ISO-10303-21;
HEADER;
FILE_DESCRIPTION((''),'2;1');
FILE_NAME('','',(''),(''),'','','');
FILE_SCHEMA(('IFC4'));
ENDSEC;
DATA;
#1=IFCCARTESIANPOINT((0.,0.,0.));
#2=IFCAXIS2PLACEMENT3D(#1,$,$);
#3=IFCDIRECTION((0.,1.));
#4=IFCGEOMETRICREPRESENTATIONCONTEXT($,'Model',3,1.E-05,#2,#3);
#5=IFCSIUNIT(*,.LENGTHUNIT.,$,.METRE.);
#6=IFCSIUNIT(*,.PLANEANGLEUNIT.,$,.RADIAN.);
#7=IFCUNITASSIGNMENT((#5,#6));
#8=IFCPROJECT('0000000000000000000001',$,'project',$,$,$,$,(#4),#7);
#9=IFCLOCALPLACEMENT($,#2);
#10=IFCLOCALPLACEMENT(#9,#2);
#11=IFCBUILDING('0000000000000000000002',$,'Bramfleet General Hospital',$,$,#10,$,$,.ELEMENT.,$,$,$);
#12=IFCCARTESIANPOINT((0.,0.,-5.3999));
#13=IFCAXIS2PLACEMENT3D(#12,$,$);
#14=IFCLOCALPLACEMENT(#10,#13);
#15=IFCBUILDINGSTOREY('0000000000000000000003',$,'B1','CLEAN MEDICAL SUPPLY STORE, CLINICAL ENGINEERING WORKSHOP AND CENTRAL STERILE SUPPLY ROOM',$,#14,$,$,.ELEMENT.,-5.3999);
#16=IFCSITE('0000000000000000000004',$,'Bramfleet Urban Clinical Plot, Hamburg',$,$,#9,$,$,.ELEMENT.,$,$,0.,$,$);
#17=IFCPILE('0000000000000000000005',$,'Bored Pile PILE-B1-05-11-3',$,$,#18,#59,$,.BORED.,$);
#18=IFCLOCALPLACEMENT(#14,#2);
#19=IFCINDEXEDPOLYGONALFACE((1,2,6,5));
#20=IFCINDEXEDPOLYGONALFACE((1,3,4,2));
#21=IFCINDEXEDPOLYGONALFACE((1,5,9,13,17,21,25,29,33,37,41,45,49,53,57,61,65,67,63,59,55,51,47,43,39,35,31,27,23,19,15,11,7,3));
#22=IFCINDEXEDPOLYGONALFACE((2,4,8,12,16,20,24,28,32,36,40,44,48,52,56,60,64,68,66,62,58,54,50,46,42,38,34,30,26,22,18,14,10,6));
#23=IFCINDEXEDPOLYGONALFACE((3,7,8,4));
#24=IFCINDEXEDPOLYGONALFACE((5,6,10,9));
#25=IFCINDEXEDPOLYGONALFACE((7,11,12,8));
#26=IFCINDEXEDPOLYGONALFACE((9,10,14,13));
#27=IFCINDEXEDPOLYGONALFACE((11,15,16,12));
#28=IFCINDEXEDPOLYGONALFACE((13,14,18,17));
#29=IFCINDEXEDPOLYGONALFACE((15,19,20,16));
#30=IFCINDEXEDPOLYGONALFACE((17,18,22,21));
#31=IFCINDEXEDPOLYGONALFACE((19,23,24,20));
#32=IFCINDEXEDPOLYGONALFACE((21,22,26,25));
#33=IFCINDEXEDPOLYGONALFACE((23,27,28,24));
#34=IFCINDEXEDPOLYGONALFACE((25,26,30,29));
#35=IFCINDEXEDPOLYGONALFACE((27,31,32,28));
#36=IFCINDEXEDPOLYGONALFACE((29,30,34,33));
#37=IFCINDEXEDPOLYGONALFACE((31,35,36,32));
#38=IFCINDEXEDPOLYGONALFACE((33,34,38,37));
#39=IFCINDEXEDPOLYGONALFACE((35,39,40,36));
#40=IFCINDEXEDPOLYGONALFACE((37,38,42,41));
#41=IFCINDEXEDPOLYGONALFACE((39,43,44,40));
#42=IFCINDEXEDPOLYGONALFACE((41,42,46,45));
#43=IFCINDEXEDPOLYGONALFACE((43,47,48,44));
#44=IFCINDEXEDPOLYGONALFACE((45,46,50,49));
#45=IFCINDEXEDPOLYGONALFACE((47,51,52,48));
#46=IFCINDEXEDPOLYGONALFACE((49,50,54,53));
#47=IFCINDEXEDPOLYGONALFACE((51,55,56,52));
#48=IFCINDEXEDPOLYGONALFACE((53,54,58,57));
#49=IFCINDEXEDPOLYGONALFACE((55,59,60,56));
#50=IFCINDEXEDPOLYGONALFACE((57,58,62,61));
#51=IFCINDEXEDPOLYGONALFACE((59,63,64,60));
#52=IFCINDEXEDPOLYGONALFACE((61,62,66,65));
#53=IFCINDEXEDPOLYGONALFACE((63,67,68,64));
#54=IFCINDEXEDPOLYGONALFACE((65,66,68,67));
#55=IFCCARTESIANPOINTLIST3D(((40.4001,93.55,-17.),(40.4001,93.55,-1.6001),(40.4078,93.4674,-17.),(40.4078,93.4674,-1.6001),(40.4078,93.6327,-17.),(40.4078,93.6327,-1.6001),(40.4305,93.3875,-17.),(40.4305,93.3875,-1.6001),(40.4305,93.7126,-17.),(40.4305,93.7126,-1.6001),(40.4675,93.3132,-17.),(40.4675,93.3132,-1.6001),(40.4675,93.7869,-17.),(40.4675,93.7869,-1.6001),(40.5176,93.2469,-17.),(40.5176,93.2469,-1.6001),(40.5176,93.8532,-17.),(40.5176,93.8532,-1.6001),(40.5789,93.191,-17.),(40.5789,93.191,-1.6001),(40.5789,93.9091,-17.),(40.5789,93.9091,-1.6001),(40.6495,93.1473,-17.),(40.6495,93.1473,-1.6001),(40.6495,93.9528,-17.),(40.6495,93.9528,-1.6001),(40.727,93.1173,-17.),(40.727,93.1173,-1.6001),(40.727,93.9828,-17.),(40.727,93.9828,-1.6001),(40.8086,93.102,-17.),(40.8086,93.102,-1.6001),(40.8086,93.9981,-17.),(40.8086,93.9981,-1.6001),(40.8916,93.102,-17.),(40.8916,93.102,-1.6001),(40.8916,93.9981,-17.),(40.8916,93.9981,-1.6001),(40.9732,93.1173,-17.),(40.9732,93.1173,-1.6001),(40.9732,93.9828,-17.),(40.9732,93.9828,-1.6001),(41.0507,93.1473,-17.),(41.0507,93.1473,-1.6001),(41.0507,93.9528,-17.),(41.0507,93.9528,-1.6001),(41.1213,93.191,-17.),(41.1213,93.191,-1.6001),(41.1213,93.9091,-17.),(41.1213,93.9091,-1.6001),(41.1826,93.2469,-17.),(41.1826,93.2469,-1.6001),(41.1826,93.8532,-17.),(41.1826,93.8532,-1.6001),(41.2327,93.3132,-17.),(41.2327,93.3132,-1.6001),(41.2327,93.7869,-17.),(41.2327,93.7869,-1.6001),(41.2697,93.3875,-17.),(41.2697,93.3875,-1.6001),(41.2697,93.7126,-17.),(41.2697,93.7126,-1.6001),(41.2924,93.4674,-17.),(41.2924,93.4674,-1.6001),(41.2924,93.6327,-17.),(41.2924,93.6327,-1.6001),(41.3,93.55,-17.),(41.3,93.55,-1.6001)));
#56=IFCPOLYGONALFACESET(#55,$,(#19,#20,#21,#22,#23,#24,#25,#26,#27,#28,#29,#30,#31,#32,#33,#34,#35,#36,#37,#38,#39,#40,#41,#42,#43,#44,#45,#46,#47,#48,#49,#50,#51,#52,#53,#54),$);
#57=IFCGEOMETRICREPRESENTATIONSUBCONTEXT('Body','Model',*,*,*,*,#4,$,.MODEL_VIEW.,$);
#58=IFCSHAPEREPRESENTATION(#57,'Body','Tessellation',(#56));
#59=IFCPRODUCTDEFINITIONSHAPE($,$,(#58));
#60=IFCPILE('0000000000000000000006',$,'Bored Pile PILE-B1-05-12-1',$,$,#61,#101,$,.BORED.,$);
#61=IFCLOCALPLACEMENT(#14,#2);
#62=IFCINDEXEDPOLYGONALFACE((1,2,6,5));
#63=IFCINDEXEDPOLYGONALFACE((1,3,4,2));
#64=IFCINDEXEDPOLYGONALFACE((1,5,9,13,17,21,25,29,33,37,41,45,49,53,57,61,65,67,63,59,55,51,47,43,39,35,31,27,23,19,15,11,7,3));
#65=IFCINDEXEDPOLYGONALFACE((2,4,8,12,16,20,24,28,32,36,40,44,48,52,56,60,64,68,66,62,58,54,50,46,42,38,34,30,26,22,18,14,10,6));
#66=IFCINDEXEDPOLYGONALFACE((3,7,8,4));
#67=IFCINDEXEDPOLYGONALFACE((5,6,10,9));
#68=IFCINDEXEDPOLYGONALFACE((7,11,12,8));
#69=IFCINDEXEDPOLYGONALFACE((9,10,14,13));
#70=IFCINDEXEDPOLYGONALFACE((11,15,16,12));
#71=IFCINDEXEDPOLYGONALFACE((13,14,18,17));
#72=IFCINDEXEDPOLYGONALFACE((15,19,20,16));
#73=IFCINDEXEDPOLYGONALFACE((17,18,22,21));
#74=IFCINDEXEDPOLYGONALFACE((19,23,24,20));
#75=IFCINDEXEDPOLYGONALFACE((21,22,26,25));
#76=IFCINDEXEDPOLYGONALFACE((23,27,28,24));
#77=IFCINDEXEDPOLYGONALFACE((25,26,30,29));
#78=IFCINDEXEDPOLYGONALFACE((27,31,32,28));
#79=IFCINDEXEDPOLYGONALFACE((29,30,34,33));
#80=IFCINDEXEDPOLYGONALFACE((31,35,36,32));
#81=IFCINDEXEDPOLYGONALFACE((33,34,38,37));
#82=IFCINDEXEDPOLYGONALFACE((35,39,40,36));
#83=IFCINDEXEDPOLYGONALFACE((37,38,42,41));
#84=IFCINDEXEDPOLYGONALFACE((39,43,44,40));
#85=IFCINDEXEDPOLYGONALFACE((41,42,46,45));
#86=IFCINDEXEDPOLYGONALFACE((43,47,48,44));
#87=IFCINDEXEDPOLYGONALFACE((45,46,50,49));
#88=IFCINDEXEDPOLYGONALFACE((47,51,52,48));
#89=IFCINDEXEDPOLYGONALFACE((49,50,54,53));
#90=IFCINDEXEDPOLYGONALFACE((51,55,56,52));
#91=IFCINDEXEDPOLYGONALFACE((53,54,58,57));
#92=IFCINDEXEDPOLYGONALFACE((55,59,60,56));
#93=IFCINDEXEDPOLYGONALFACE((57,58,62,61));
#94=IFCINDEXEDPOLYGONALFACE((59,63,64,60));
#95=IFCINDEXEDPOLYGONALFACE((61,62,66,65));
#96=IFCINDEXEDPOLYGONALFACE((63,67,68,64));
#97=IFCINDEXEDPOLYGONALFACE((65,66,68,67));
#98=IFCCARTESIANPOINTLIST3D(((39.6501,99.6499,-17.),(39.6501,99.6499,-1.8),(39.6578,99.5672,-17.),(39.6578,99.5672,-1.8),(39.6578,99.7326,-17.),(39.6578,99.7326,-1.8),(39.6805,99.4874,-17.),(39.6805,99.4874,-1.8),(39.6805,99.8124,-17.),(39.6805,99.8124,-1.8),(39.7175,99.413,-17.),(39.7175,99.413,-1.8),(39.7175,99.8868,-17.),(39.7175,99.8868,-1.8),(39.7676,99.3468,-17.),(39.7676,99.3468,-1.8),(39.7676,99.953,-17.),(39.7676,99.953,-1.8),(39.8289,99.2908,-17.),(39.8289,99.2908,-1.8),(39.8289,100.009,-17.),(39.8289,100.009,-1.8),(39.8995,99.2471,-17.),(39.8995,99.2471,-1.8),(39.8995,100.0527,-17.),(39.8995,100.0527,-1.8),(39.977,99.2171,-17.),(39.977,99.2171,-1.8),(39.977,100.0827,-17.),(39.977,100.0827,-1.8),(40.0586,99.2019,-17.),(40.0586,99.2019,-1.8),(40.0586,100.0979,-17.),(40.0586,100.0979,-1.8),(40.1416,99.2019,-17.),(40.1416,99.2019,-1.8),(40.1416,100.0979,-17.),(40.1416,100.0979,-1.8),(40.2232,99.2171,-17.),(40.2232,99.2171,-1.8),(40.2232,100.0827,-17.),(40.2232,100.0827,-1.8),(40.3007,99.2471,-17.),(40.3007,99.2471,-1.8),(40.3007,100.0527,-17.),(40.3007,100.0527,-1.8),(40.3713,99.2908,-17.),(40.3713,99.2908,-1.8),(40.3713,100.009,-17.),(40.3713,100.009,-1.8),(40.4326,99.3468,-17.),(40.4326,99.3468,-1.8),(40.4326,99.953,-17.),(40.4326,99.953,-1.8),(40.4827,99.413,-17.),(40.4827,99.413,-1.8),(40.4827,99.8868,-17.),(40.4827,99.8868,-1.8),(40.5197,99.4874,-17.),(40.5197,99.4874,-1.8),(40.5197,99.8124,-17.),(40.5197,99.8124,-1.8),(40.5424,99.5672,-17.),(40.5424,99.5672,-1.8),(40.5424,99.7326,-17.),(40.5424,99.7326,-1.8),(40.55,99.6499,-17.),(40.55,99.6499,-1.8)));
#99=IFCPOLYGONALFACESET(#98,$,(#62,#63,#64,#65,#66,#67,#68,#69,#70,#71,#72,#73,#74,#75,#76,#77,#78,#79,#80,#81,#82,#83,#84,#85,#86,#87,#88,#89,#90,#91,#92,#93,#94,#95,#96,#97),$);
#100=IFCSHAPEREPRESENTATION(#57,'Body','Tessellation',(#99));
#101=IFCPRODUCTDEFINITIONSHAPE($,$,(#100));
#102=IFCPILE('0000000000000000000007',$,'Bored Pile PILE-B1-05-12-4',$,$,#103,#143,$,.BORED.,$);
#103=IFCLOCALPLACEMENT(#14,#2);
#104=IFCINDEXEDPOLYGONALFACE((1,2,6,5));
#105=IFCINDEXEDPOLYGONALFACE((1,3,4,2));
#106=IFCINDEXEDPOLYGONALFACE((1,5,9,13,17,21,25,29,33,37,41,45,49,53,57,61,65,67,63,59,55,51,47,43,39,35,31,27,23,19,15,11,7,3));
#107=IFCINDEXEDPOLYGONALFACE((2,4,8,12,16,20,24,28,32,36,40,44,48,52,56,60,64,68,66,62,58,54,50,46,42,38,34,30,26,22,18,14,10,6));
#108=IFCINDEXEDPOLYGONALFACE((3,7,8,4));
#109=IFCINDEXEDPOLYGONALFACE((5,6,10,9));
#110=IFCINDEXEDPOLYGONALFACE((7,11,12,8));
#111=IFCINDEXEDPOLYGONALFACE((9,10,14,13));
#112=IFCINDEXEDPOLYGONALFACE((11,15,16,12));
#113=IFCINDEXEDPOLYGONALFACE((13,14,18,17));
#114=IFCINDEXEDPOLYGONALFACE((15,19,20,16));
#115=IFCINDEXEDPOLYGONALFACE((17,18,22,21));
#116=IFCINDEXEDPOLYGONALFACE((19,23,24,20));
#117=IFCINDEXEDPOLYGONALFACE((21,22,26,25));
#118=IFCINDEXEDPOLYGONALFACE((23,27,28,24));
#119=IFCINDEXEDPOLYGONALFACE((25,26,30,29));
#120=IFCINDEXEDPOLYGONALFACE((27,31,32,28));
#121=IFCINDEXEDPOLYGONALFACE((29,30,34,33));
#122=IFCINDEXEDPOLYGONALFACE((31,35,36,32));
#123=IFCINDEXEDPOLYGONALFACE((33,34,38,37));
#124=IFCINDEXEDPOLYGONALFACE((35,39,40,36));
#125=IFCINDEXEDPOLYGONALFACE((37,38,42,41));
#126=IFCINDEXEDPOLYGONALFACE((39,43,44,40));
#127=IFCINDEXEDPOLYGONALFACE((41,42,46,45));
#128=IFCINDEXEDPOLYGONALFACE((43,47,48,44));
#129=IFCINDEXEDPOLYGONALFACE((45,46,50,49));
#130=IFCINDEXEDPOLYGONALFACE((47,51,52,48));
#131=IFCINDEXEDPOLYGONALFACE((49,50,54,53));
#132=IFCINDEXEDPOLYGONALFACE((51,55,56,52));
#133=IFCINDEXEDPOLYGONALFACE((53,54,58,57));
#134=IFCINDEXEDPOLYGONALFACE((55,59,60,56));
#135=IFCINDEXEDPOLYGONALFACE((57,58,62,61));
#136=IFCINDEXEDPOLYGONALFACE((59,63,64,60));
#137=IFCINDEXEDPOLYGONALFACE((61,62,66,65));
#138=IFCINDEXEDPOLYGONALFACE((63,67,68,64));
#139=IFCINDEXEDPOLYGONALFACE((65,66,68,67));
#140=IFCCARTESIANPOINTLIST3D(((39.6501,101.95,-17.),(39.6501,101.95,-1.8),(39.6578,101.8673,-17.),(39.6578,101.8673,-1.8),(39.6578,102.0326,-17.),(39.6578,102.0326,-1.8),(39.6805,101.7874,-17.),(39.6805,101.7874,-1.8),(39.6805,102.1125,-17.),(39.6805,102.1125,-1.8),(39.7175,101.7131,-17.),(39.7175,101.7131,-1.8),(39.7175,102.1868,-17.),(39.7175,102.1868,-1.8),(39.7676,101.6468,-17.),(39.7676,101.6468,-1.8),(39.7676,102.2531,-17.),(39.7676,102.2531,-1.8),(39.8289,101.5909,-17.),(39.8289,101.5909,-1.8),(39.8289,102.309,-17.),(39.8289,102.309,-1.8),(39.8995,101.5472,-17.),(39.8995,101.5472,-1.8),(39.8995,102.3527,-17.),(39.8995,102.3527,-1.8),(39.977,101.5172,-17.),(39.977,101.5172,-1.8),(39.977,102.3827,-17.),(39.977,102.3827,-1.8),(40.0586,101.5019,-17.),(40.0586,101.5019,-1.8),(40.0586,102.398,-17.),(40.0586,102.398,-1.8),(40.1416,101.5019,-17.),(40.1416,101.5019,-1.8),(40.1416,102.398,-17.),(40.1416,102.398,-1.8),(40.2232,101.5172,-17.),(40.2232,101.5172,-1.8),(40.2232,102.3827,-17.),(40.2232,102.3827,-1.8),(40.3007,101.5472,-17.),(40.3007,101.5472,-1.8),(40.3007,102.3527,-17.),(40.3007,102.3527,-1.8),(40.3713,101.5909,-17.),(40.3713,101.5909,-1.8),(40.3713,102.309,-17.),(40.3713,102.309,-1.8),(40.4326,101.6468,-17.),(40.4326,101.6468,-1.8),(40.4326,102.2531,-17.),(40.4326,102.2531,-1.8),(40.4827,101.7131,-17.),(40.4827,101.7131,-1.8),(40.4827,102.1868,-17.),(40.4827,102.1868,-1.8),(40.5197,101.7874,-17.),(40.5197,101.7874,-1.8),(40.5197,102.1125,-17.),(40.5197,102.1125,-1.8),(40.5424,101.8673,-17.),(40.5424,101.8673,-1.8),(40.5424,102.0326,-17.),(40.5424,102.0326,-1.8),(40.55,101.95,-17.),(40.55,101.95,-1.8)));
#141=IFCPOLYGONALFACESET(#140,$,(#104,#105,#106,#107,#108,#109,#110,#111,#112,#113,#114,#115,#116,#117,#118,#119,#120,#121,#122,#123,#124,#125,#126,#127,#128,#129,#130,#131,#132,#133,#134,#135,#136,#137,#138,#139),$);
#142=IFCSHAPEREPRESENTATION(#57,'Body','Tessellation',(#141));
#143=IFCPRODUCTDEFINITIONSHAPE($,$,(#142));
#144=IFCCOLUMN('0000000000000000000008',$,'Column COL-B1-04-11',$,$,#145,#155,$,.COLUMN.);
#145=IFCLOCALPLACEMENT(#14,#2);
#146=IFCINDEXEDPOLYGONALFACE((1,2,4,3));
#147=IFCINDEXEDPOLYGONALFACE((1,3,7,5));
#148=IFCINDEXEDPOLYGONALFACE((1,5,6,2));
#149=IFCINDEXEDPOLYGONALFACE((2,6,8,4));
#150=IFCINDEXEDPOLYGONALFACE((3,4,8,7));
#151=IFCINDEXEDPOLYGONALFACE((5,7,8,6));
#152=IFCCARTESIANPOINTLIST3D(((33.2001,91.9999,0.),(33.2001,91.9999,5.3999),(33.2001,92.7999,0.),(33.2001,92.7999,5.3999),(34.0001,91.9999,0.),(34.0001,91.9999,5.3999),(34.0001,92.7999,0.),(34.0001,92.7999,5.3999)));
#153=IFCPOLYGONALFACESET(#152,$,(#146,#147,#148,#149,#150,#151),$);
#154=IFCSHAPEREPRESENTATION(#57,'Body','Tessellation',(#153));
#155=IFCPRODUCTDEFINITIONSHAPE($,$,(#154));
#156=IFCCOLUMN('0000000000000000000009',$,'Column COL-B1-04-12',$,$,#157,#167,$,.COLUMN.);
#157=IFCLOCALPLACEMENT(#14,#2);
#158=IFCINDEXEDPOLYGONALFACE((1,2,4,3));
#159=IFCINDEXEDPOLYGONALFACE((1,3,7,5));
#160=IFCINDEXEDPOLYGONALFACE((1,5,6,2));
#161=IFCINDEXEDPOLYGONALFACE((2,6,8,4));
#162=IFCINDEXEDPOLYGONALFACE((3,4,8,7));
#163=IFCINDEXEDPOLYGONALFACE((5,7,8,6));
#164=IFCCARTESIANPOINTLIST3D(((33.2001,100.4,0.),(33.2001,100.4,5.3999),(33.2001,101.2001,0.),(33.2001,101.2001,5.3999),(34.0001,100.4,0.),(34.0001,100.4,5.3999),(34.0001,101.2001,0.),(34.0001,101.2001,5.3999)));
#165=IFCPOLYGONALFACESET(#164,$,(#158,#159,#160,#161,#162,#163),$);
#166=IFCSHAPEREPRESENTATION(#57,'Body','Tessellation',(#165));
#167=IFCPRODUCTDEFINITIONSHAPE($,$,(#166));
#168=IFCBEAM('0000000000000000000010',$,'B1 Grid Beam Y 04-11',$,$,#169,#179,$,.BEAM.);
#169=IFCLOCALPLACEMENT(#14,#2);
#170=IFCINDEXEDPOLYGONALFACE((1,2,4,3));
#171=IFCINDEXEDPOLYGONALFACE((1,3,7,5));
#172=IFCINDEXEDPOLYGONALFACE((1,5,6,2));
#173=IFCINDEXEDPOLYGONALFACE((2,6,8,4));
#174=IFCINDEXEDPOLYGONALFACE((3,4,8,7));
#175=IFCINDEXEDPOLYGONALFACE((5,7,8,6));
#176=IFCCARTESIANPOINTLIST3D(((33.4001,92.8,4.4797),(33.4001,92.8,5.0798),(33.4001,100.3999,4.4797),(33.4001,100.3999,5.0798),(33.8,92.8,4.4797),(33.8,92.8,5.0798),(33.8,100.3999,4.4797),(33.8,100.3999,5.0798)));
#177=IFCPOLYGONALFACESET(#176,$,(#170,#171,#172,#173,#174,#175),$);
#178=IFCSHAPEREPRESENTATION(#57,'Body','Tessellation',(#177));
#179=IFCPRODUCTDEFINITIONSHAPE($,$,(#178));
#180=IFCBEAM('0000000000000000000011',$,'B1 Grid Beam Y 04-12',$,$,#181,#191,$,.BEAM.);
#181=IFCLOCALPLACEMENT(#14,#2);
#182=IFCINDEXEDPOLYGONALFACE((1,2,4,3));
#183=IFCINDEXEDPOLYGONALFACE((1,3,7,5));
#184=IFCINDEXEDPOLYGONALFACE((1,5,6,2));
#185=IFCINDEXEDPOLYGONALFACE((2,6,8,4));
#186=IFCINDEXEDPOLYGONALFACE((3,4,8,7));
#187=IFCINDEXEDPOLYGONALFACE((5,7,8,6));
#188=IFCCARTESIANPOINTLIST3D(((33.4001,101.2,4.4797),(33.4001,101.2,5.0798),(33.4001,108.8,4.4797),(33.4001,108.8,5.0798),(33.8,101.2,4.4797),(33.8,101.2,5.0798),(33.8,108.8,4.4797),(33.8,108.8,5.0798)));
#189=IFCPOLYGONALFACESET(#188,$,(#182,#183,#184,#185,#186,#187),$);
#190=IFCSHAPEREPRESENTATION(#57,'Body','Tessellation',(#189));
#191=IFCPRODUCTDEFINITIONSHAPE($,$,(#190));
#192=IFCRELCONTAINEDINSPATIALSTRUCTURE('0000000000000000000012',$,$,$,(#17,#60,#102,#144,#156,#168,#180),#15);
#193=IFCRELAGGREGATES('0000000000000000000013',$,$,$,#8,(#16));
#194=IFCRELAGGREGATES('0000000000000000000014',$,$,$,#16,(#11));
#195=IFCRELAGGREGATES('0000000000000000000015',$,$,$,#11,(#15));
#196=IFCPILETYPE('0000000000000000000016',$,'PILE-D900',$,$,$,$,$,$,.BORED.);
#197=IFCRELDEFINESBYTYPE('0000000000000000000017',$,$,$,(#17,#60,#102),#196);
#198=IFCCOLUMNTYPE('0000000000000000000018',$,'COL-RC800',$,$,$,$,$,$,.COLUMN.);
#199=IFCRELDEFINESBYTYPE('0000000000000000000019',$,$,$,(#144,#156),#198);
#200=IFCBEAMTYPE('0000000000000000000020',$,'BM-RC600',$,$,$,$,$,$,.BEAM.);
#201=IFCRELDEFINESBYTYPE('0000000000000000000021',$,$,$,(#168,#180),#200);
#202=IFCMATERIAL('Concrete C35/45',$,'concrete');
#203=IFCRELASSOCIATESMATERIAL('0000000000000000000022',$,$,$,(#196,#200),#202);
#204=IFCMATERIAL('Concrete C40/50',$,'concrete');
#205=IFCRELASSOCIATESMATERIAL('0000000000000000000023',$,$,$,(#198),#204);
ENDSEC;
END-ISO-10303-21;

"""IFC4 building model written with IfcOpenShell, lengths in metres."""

from ifc_helpers import new_model, si_unit, direction, frame, origin, origin_2d, place, context, subcontext, project, spatial, rectangle, circle, extrude, material, material_profile, profile_set, type_object, element, save


model = new_model("IFC4")

# Units and contexts
model_context = context("Model", 3, precision=1e-05, world=origin(), true_north=direction((0.0, 1.0)))
body_context = subcontext(model_context, "Body", "Model", "MODEL_VIEW")
ifc_project = project(units=[si_unit("LENGTHUNIT", "METRE"), si_unit("PLANEANGLEUNIT", "RADIAN")], contexts=[model_context])

# Site, building, storey
site_placement = place(None, origin())
site = spatial("IfcSite", under=ifc_project, at=site_placement, Name="Bramfleet Urban Clinical Plot, Hamburg", CompositionType="ELEMENT", RefElevation=0.0)
building_placement = place(site_placement, origin())
building = spatial("IfcBuilding", under=site, at=building_placement, Name="Bramfleet General Hospital", CompositionType="ELEMENT")
storey_placement = place(building_placement, frame((0.0, 0.0, -5.3999)))
storey = spatial("IfcBuildingStorey", under=building, at=storey_placement, Name="B1", Description="CLEAN MEDICAL SUPPLY STORE, CLINICAL ENGINEERING WORKSHOP AND CENTRAL STERILE SUPPLY ROOM", CompositionType="ELEMENT", Elevation=-5.3999)

# Shared definitions
ifc_material_1 = material(Name="Concrete C35/45", Category="concrete")

# Piles
ifc_material_profile_1 = material_profile(ifc_material_1, circle(Radius=0.45, at=origin_2d()), Name="PILE BORED D900")
ifc_profile_set_1 = profile_set([ifc_material_profile_1], Name="Concrete C35/45")
pile_type = type_object("IfcPileType", Name="PILE-D900", PredefinedType="BORED", material=ifc_profile_set_1)
for number, where, z_axis, x_axis, name in (
    (1, (40.8501, 93.55, -1.6001), (0.0, 0.0, -1.0), (1.0, 0.0, 0.0), "Bored Pile PILE-B1-05-11-3"),
):
    element("IfcPile", number, at=place(storey_placement, frame(where, z_axis=z_axis, x_axis=x_axis)), inside=storey, type_object=pile_type, Name=name, PredefinedType="BORED", context=body_context, shape_type="SweptSolid", body=[
        extrude(circle(Radius=0.45, at=origin_2d()), origin(), (0.0, 0.0, 1.0), 15.3999),
    ])
for number, where, z_axis, x_axis, name in (
    (2, (40.1001, 99.6499, -1.8), (0.0, 0.0, -1.0), (1.0, 0.0, 0.0), "Bored Pile PILE-B1-05-12-1"),
    (3, (40.1001, 101.95, -1.8), (0.0, 0.0, -1.0), (1.0, 0.0, 0.0), "Bored Pile PILE-B1-05-12-4"),
):
    element("IfcPile", number, at=place(storey_placement, frame(where, z_axis=z_axis, x_axis=x_axis)), inside=storey, type_object=pile_type, Name=name, PredefinedType="BORED", context=body_context, shape_type="SweptSolid", body=[
        extrude(circle(Radius=0.45, at=origin_2d()), origin(), (0.0, 0.0, 1.0), 15.2),
    ])

# Columns
ifc_material_2 = material(Name="Concrete C40/50", Category="concrete")
ifc_material_profile_2 = material_profile(ifc_material_2, rectangle(XDim=0.8, YDim=0.8, at=origin_2d()), Name="RC COL 800x800")
ifc_profile_set_2 = profile_set([ifc_material_profile_2], Name="Concrete C40/50")
column_type = type_object("IfcColumnType", Name="COL-RC800", PredefinedType="COLUMN", material=ifc_profile_set_2)
for number, where, z_axis, x_axis, name in (
    (4, (33.6001, 92.3999, 0.0), (0.0, 0.0, 1.0), (1.0, 0.0, 0.0), "Column COL-B1-04-11"),
    (5, (33.6001, 100.8, 0.0), (0.0, 0.0, 1.0), (1.0, 0.0, 0.0), "Column COL-B1-04-12"),
):
    element("IfcColumn", number, at=place(storey_placement, frame(where, z_axis=z_axis, x_axis=x_axis)), inside=storey, type_object=column_type, Name=name, PredefinedType="COLUMN", context=body_context, shape_type="SweptSolid", body=[
        extrude(rectangle(XDim=0.8, YDim=0.8, at=origin_2d()), origin(), (0.0, 0.0, 1.0), 5.3999),
    ])

# Beams
ifc_material_profile_3 = material_profile(ifc_material_1, rectangle(XDim=0.3999, YDim=0.6001, at=origin_2d()), Name="RC BM 600x400")
ifc_profile_set_3 = profile_set([ifc_material_profile_3], Name="Concrete C35/45")
beam_type_1 = type_object("IfcBeamType", Name="BM-RC600", PredefinedType="BEAM", material=ifc_profile_set_3)
beam_1_placement = place(storey_placement, frame((33.6001, 92.8, 4.7798), z_axis=(0.0, 1.0, 0.0), x_axis=(-1.0, 0.0, 0.0)))
element("IfcBeam", 6, at=beam_1_placement, inside=storey, type_object=beam_type_1, Name="B1 Grid Beam Y 04-11", PredefinedType="BEAM", context=body_context, shape_type="SweptSolid", body=[
    extrude(rectangle(XDim=0.3999, YDim=0.6001, at=origin_2d()), origin(), (0.0, 0.0, 1.0), 7.5999),
])
beam_2_placement = place(storey_placement, frame((33.6001, 101.2, 4.7798), z_axis=(0.0, 1.0, 0.0), x_axis=(-1.0, 0.0, 0.0)))
element("IfcBeam", 7, at=beam_2_placement, inside=storey, type_object=beam_type_1, Name="B1 Grid Beam Y 04-12", PredefinedType="BEAM", context=body_context, shape_type="SweptSolid", body=[
    extrude(rectangle(XDim=0.3999, YDim=0.6001, at=origin_2d()), origin(), (0.0, 0.0, 1.0), 7.6001),
])

save(model, "model.ifc")
